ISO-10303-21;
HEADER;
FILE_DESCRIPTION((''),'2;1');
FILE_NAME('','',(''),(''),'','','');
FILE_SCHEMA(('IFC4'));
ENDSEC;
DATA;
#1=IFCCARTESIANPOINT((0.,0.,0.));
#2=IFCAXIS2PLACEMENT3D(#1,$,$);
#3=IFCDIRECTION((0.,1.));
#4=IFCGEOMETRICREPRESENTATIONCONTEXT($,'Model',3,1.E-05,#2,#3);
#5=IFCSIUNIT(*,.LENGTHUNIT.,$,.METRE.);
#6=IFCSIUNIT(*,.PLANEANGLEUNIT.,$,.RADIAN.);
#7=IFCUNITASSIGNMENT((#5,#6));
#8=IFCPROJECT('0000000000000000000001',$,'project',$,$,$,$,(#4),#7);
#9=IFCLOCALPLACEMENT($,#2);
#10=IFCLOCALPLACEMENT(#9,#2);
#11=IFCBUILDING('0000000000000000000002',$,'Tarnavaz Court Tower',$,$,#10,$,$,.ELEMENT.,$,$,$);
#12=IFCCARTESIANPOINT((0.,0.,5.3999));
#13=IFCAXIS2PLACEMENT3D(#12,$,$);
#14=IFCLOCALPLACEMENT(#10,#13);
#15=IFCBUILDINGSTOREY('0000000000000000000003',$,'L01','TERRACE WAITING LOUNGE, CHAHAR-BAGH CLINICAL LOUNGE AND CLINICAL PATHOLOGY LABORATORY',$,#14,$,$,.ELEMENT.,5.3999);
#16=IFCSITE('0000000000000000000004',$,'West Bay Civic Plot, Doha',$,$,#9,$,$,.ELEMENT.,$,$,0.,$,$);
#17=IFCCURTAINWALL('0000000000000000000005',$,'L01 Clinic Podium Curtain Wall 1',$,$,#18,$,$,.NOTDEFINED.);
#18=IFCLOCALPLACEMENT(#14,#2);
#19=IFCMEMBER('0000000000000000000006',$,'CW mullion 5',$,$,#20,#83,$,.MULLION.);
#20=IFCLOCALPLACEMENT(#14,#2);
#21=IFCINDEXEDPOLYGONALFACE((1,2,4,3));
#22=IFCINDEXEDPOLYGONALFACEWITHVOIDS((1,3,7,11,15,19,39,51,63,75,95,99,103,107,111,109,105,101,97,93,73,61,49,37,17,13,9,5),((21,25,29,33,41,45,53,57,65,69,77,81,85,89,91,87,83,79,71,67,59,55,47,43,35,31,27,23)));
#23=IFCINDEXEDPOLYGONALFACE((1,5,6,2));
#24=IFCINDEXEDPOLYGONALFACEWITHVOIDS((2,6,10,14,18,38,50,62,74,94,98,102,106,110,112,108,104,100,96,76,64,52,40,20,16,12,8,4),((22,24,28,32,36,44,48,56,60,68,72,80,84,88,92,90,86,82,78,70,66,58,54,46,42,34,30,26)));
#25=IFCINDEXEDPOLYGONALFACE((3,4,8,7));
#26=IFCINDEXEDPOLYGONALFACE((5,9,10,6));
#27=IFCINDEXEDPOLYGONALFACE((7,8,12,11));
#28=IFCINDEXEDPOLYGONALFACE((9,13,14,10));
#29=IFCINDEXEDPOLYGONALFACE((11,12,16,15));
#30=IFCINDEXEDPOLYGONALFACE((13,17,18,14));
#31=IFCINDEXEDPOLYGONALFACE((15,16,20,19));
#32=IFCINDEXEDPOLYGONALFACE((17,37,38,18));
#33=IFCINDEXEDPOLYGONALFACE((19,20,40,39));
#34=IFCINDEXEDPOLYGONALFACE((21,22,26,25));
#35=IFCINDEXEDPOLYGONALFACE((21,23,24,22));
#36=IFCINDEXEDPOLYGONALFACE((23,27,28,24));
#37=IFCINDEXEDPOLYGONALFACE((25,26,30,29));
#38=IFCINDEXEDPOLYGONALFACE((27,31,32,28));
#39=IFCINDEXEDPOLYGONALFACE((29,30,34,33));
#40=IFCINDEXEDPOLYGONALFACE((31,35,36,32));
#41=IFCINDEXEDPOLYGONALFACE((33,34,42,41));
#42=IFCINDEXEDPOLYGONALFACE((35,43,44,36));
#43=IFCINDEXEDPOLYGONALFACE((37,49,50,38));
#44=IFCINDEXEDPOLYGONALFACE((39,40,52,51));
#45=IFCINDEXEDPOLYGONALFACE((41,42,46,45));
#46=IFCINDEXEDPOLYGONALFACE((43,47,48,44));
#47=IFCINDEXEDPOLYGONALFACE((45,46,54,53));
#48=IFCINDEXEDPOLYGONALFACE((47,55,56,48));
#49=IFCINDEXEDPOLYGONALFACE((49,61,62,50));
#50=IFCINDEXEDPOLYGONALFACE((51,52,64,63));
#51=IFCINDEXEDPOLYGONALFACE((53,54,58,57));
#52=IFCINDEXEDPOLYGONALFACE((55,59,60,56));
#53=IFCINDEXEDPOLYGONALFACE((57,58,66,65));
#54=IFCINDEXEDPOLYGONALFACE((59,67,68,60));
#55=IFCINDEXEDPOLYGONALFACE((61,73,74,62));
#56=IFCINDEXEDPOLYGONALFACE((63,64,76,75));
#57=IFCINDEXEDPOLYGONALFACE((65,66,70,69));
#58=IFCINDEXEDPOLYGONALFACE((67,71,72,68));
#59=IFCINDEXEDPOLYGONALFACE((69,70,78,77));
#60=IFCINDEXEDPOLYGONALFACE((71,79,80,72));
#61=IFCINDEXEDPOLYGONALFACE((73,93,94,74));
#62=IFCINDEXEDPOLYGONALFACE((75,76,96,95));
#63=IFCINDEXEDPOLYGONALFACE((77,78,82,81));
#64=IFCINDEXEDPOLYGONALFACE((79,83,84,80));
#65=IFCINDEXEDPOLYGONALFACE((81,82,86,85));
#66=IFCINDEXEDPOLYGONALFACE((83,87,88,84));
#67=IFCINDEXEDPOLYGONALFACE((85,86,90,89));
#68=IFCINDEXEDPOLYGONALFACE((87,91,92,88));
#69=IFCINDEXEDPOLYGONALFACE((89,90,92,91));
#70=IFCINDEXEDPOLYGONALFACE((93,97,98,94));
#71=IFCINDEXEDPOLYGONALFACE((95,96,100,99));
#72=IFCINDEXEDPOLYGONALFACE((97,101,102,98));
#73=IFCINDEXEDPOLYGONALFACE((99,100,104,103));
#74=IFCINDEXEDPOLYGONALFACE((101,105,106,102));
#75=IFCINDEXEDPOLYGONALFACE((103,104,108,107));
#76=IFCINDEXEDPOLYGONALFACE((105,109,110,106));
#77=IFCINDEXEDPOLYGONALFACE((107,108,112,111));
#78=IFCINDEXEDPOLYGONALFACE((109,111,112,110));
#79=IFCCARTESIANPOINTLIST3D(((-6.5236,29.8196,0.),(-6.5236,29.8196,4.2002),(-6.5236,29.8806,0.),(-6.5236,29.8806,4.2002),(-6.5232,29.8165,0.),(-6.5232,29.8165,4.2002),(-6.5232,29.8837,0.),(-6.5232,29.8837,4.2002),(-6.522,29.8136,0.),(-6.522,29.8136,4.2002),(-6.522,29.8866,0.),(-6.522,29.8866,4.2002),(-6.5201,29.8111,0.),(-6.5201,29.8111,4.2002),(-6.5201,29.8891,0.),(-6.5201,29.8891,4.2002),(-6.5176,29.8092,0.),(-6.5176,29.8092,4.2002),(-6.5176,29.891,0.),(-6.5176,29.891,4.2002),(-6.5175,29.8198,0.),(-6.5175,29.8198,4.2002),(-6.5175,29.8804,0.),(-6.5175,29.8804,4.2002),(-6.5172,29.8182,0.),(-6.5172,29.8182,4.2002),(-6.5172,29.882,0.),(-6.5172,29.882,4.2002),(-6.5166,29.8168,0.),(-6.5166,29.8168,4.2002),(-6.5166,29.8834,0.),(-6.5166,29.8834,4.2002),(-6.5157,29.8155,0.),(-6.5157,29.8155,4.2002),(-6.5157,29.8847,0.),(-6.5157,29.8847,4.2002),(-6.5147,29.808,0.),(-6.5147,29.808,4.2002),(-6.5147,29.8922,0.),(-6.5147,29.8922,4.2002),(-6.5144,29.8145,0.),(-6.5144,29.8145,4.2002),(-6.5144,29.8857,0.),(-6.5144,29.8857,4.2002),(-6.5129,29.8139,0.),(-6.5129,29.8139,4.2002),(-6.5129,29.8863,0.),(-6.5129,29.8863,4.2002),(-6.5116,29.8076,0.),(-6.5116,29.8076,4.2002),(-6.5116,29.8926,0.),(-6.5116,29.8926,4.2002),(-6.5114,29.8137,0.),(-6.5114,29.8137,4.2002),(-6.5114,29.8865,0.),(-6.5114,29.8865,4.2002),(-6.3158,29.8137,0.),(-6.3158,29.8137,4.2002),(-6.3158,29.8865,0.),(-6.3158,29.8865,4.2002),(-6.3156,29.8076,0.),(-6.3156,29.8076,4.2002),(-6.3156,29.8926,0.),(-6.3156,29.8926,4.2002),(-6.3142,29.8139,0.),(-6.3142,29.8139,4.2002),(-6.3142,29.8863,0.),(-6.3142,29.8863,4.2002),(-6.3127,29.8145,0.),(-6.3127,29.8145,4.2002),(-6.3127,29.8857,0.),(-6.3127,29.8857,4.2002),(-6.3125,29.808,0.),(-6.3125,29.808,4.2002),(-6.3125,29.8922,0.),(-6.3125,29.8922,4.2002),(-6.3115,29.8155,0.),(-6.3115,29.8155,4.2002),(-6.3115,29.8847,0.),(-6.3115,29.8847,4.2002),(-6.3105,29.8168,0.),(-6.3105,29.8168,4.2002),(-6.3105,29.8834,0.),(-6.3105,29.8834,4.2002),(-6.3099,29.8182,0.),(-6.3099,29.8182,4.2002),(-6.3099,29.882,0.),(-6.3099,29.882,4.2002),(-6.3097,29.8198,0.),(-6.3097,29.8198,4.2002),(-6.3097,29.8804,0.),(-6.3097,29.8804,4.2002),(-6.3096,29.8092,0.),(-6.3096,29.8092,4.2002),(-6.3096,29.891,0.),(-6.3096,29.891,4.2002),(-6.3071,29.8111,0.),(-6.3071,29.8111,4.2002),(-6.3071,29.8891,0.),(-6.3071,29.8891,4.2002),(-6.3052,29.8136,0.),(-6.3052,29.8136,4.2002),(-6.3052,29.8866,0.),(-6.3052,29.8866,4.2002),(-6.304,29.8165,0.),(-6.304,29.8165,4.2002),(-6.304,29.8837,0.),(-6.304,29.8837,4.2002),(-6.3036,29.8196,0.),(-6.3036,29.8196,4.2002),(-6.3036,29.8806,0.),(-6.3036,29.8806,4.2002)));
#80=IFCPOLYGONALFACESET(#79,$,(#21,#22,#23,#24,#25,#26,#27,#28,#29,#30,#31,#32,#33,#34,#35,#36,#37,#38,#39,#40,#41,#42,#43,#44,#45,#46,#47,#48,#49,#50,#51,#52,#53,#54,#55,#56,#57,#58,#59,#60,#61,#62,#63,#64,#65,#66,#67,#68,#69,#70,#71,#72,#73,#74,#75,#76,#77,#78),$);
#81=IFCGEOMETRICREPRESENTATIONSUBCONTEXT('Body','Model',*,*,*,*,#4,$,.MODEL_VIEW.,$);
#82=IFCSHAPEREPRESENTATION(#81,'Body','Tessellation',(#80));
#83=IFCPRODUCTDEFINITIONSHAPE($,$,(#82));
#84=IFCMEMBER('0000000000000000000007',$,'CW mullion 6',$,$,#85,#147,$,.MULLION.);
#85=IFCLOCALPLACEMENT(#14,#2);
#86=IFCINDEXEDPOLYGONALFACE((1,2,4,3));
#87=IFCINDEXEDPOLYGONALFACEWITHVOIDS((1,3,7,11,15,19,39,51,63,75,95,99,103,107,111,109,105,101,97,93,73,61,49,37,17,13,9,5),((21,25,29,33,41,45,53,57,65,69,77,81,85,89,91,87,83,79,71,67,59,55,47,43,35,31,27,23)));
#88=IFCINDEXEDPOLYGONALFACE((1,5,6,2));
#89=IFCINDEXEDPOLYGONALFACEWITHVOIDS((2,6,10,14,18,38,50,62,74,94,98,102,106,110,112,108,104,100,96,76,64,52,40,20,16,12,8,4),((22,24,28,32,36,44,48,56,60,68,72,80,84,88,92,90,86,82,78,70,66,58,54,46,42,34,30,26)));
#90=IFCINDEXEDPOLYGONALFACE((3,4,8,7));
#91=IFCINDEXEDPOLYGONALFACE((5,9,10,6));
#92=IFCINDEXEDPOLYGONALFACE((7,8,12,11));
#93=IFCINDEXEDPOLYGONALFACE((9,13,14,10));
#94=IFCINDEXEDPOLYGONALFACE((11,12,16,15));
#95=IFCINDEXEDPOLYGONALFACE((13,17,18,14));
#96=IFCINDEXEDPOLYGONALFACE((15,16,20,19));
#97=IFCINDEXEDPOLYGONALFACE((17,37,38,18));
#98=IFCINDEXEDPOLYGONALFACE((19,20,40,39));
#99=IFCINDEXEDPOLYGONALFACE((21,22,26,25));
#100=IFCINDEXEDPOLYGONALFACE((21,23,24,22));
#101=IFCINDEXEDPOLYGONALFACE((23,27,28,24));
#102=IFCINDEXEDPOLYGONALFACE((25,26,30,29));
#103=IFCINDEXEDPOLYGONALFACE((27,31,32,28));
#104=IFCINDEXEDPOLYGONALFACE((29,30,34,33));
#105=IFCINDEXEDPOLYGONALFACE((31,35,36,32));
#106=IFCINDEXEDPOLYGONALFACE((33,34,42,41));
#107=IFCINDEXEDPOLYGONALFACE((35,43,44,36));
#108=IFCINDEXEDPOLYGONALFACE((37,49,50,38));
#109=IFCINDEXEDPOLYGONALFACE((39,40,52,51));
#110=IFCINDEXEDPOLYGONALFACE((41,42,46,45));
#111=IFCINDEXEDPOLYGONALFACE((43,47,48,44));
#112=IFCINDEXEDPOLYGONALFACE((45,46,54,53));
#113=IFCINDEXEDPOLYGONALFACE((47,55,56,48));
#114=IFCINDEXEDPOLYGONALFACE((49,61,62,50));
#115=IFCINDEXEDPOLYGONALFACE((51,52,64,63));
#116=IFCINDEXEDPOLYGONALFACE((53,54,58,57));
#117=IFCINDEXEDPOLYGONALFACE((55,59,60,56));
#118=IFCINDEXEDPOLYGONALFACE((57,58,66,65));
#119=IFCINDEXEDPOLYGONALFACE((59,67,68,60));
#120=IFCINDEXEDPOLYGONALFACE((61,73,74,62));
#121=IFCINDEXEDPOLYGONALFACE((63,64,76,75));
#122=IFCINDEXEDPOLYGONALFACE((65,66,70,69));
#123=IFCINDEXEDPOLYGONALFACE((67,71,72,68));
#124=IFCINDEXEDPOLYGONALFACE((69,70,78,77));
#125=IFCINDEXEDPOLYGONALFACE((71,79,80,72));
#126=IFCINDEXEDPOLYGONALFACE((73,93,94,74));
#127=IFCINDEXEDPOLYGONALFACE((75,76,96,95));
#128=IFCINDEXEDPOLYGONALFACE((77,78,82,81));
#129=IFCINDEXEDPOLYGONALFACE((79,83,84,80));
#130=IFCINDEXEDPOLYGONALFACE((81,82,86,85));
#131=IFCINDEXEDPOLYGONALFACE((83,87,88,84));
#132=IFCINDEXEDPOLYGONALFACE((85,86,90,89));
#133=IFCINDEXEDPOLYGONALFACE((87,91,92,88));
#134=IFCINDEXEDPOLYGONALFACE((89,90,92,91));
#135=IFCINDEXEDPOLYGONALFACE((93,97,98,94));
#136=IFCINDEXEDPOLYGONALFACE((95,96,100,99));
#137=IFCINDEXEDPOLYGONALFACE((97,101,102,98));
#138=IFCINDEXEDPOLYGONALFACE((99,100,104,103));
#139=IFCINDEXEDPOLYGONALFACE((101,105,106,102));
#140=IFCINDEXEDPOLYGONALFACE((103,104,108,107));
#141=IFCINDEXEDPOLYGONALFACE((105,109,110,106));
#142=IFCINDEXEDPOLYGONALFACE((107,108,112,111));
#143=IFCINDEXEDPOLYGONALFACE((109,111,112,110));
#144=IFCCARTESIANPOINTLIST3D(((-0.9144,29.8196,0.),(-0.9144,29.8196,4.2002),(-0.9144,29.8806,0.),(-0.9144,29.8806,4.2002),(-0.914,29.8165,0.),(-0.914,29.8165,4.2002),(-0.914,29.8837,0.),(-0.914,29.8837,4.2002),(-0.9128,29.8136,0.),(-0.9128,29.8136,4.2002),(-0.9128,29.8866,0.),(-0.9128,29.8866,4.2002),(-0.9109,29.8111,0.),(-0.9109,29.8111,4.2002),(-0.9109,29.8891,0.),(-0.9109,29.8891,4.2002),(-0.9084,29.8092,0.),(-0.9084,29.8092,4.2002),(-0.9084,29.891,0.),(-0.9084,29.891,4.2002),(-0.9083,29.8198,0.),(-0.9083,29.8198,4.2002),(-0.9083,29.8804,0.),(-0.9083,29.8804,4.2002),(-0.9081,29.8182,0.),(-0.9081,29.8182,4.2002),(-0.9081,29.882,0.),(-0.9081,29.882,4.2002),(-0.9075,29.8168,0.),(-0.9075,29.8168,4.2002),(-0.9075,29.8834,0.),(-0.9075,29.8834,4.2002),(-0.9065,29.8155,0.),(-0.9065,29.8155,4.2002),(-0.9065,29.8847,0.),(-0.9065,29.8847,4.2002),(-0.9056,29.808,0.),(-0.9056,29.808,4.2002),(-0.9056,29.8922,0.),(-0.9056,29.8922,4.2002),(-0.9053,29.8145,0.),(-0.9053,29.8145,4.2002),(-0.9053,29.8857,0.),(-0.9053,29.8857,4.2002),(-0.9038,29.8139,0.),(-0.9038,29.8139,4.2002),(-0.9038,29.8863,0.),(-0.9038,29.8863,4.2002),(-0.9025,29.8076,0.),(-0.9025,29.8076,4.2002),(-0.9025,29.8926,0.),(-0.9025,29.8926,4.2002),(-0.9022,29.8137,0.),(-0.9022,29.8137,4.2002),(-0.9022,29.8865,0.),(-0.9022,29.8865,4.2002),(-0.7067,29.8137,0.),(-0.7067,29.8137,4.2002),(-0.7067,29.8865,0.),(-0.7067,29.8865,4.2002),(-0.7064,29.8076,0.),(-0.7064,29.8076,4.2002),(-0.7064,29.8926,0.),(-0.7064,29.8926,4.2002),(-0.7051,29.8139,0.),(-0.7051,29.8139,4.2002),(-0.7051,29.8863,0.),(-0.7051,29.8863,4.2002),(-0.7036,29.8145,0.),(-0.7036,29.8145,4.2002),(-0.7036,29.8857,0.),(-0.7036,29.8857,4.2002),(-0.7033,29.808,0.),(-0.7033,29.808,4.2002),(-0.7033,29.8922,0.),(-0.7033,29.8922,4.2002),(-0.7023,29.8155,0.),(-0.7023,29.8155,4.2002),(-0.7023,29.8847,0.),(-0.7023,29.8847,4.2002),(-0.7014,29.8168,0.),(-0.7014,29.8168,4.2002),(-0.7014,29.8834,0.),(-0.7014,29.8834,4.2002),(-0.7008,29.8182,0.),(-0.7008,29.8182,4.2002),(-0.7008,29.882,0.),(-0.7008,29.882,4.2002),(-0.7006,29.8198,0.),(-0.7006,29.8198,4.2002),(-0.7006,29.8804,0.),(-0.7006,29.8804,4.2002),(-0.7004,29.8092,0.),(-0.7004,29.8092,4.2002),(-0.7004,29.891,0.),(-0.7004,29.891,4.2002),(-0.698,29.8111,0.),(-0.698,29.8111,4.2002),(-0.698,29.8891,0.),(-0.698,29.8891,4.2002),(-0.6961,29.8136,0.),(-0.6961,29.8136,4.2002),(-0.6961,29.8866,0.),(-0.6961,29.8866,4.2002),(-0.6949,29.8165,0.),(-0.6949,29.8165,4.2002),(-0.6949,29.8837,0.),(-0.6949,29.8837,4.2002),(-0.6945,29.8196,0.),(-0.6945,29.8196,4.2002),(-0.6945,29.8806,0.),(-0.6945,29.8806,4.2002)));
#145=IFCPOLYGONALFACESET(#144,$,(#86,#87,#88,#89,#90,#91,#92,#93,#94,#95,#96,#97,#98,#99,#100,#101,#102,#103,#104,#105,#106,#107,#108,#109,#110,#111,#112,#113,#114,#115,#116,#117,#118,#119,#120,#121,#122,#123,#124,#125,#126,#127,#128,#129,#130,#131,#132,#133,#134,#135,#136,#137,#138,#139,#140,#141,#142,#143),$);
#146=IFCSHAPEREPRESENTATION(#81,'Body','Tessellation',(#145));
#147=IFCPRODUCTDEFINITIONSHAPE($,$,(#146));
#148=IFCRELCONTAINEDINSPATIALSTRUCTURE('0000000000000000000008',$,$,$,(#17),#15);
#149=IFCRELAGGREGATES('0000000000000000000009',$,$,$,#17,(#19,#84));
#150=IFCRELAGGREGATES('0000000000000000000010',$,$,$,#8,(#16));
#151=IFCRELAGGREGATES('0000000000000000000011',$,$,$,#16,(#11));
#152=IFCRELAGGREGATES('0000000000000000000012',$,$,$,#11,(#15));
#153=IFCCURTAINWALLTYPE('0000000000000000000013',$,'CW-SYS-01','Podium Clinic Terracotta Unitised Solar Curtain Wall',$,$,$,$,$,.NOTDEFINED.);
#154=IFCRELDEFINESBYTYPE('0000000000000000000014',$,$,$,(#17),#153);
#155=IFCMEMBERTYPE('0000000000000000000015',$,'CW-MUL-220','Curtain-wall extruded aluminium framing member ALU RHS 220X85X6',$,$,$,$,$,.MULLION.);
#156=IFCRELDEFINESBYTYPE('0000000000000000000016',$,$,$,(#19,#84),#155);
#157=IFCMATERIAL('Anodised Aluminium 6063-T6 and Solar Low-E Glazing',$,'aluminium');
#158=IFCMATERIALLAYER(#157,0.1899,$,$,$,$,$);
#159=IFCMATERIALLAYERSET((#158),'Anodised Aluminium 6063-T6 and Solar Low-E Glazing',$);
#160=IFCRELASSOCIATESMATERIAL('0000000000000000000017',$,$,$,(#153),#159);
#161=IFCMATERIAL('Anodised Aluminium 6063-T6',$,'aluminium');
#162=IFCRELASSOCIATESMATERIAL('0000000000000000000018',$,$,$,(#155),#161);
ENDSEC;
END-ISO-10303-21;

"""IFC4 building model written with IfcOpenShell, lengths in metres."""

from ifc_helpers import new_model, si_unit, direction, frame, origin, origin_2d, place, context, subcontext, project, spatial, hollow_rectangle, extrude, material, layer, layer_set, material_profile, profile_set, type_object, element, aggregate, save


model = new_model("IFC4")

# Units and contexts
model_context = context("Model", 3, precision=1e-05, world=origin(), true_north=direction((0.0, 1.0)))
body_context = subcontext(model_context, "Body", "Model", "MODEL_VIEW")
ifc_project = project(units=[si_unit("LENGTHUNIT", "METRE"), si_unit("PLANEANGLEUNIT", "RADIAN")], contexts=[model_context])

# Site, building, storey
site_placement = place(None, origin())
site = spatial("IfcSite", under=ifc_project, at=site_placement, Name="West Bay Civic Plot, Doha", CompositionType="ELEMENT", RefElevation=0.0)
building_placement = place(site_placement, origin())
building = spatial("IfcBuilding", under=site, at=building_placement, Name="Tarnavaz Court Tower", CompositionType="ELEMENT")
storey_placement = place(building_placement, frame((0.0, 0.0, 5.3999)))
storey = spatial("IfcBuildingStorey", under=building, at=storey_placement, Name="L01", Description="TERRACE WAITING LOUNGE, CHAHAR-BAGH CLINICAL LOUNGE AND CLINICAL PATHOLOGY LABORATORY", CompositionType="ELEMENT", Elevation=5.3999)

# Curtain wall, members
ifc_material_1 = material(Name="Anodised Aluminium 6063-T6 and Solar Low-E Glazing", Category="aluminium")
ifc_layer_1 = layer(ifc_material_1, 0.1899)
ifc_layer_set_1 = layer_set([ifc_layer_1], Name="Anodised Aluminium 6063-T6 and Solar Low-E Glazing")
curtain_wall_type = type_object("IfcCurtainWallType", Name="CW-SYS-01", Description="Podium Clinic Terracotta Unitised Solar Curtain Wall", PredefinedType="NOTDEFINED", material=ifc_layer_set_1)
curtain_wall_placement = place(storey_placement, origin())
curtain_wall = element("IfcCurtainWall", 1, at=curtain_wall_placement, inside=storey, type_object=curtain_wall_type, Name="L01 Clinic Podium Curtain Wall 1", PredefinedType="NOTDEFINED")
ifc_material_2 = material(Name="Anodised Aluminium 6063-T6", Category="aluminium")
ifc_material_profile_1 = material_profile(ifc_material_2, hollow_rectangle(XDim=0.085, YDim=0.22, WallThickness=0.0061, InnerFilletRadius=0.0061, OuterFilletRadius=0.012, at=origin_2d()), Name="ALU RHS 220X85X6")
ifc_profile_set_1 = profile_set([ifc_material_profile_1], Name="Anodised Aluminium 6063-T6")
member_type_1 = type_object("IfcMemberType", Name="CW-MUL-220", Description="Curtain-wall extruded aluminium framing member ALU RHS 220X85X6", PredefinedType="MULLION", material=ifc_profile_set_1)
member_1_placement = place(storey_placement, frame((-6.4136, 29.8501, 0.0), z_axis=(0.0, 0.0, 1.0), x_axis=(0.0, 1.0, 0.0)))
member_1 = element("IfcMember", 2, at=member_1_placement, type_object=member_type_1, Name="CW mullion 5", PredefinedType="MULLION", context=body_context, shape_type="SweptSolid", body=[
    extrude(hollow_rectangle(XDim=0.085, YDim=0.22, WallThickness=0.0061, InnerFilletRadius=0.0061, OuterFilletRadius=0.012, at=origin_2d()), origin(), (0.0, 0.0, 1.0), 4.2002),
])
member_2_placement = place(storey_placement, frame((-0.8044, 29.8501, 0.0), z_axis=(0.0, 0.0, 1.0), x_axis=(0.0, 1.0, 0.0)))
member_2 = element("IfcMember", 3, at=member_2_placement, type_object=member_type_1, Name="CW mullion 6", PredefinedType="MULLION", context=body_context, shape_type="SweptSolid", body=[
    extrude(hollow_rectangle(XDim=0.085, YDim=0.22, WallThickness=0.0061, InnerFilletRadius=0.0061, OuterFilletRadius=0.012, at=origin_2d()), origin(), (0.0, 0.0, 1.0), 4.2002),
])
aggregate(curtain_wall, [member_1, member_2])

save(model, "model.ifc")
